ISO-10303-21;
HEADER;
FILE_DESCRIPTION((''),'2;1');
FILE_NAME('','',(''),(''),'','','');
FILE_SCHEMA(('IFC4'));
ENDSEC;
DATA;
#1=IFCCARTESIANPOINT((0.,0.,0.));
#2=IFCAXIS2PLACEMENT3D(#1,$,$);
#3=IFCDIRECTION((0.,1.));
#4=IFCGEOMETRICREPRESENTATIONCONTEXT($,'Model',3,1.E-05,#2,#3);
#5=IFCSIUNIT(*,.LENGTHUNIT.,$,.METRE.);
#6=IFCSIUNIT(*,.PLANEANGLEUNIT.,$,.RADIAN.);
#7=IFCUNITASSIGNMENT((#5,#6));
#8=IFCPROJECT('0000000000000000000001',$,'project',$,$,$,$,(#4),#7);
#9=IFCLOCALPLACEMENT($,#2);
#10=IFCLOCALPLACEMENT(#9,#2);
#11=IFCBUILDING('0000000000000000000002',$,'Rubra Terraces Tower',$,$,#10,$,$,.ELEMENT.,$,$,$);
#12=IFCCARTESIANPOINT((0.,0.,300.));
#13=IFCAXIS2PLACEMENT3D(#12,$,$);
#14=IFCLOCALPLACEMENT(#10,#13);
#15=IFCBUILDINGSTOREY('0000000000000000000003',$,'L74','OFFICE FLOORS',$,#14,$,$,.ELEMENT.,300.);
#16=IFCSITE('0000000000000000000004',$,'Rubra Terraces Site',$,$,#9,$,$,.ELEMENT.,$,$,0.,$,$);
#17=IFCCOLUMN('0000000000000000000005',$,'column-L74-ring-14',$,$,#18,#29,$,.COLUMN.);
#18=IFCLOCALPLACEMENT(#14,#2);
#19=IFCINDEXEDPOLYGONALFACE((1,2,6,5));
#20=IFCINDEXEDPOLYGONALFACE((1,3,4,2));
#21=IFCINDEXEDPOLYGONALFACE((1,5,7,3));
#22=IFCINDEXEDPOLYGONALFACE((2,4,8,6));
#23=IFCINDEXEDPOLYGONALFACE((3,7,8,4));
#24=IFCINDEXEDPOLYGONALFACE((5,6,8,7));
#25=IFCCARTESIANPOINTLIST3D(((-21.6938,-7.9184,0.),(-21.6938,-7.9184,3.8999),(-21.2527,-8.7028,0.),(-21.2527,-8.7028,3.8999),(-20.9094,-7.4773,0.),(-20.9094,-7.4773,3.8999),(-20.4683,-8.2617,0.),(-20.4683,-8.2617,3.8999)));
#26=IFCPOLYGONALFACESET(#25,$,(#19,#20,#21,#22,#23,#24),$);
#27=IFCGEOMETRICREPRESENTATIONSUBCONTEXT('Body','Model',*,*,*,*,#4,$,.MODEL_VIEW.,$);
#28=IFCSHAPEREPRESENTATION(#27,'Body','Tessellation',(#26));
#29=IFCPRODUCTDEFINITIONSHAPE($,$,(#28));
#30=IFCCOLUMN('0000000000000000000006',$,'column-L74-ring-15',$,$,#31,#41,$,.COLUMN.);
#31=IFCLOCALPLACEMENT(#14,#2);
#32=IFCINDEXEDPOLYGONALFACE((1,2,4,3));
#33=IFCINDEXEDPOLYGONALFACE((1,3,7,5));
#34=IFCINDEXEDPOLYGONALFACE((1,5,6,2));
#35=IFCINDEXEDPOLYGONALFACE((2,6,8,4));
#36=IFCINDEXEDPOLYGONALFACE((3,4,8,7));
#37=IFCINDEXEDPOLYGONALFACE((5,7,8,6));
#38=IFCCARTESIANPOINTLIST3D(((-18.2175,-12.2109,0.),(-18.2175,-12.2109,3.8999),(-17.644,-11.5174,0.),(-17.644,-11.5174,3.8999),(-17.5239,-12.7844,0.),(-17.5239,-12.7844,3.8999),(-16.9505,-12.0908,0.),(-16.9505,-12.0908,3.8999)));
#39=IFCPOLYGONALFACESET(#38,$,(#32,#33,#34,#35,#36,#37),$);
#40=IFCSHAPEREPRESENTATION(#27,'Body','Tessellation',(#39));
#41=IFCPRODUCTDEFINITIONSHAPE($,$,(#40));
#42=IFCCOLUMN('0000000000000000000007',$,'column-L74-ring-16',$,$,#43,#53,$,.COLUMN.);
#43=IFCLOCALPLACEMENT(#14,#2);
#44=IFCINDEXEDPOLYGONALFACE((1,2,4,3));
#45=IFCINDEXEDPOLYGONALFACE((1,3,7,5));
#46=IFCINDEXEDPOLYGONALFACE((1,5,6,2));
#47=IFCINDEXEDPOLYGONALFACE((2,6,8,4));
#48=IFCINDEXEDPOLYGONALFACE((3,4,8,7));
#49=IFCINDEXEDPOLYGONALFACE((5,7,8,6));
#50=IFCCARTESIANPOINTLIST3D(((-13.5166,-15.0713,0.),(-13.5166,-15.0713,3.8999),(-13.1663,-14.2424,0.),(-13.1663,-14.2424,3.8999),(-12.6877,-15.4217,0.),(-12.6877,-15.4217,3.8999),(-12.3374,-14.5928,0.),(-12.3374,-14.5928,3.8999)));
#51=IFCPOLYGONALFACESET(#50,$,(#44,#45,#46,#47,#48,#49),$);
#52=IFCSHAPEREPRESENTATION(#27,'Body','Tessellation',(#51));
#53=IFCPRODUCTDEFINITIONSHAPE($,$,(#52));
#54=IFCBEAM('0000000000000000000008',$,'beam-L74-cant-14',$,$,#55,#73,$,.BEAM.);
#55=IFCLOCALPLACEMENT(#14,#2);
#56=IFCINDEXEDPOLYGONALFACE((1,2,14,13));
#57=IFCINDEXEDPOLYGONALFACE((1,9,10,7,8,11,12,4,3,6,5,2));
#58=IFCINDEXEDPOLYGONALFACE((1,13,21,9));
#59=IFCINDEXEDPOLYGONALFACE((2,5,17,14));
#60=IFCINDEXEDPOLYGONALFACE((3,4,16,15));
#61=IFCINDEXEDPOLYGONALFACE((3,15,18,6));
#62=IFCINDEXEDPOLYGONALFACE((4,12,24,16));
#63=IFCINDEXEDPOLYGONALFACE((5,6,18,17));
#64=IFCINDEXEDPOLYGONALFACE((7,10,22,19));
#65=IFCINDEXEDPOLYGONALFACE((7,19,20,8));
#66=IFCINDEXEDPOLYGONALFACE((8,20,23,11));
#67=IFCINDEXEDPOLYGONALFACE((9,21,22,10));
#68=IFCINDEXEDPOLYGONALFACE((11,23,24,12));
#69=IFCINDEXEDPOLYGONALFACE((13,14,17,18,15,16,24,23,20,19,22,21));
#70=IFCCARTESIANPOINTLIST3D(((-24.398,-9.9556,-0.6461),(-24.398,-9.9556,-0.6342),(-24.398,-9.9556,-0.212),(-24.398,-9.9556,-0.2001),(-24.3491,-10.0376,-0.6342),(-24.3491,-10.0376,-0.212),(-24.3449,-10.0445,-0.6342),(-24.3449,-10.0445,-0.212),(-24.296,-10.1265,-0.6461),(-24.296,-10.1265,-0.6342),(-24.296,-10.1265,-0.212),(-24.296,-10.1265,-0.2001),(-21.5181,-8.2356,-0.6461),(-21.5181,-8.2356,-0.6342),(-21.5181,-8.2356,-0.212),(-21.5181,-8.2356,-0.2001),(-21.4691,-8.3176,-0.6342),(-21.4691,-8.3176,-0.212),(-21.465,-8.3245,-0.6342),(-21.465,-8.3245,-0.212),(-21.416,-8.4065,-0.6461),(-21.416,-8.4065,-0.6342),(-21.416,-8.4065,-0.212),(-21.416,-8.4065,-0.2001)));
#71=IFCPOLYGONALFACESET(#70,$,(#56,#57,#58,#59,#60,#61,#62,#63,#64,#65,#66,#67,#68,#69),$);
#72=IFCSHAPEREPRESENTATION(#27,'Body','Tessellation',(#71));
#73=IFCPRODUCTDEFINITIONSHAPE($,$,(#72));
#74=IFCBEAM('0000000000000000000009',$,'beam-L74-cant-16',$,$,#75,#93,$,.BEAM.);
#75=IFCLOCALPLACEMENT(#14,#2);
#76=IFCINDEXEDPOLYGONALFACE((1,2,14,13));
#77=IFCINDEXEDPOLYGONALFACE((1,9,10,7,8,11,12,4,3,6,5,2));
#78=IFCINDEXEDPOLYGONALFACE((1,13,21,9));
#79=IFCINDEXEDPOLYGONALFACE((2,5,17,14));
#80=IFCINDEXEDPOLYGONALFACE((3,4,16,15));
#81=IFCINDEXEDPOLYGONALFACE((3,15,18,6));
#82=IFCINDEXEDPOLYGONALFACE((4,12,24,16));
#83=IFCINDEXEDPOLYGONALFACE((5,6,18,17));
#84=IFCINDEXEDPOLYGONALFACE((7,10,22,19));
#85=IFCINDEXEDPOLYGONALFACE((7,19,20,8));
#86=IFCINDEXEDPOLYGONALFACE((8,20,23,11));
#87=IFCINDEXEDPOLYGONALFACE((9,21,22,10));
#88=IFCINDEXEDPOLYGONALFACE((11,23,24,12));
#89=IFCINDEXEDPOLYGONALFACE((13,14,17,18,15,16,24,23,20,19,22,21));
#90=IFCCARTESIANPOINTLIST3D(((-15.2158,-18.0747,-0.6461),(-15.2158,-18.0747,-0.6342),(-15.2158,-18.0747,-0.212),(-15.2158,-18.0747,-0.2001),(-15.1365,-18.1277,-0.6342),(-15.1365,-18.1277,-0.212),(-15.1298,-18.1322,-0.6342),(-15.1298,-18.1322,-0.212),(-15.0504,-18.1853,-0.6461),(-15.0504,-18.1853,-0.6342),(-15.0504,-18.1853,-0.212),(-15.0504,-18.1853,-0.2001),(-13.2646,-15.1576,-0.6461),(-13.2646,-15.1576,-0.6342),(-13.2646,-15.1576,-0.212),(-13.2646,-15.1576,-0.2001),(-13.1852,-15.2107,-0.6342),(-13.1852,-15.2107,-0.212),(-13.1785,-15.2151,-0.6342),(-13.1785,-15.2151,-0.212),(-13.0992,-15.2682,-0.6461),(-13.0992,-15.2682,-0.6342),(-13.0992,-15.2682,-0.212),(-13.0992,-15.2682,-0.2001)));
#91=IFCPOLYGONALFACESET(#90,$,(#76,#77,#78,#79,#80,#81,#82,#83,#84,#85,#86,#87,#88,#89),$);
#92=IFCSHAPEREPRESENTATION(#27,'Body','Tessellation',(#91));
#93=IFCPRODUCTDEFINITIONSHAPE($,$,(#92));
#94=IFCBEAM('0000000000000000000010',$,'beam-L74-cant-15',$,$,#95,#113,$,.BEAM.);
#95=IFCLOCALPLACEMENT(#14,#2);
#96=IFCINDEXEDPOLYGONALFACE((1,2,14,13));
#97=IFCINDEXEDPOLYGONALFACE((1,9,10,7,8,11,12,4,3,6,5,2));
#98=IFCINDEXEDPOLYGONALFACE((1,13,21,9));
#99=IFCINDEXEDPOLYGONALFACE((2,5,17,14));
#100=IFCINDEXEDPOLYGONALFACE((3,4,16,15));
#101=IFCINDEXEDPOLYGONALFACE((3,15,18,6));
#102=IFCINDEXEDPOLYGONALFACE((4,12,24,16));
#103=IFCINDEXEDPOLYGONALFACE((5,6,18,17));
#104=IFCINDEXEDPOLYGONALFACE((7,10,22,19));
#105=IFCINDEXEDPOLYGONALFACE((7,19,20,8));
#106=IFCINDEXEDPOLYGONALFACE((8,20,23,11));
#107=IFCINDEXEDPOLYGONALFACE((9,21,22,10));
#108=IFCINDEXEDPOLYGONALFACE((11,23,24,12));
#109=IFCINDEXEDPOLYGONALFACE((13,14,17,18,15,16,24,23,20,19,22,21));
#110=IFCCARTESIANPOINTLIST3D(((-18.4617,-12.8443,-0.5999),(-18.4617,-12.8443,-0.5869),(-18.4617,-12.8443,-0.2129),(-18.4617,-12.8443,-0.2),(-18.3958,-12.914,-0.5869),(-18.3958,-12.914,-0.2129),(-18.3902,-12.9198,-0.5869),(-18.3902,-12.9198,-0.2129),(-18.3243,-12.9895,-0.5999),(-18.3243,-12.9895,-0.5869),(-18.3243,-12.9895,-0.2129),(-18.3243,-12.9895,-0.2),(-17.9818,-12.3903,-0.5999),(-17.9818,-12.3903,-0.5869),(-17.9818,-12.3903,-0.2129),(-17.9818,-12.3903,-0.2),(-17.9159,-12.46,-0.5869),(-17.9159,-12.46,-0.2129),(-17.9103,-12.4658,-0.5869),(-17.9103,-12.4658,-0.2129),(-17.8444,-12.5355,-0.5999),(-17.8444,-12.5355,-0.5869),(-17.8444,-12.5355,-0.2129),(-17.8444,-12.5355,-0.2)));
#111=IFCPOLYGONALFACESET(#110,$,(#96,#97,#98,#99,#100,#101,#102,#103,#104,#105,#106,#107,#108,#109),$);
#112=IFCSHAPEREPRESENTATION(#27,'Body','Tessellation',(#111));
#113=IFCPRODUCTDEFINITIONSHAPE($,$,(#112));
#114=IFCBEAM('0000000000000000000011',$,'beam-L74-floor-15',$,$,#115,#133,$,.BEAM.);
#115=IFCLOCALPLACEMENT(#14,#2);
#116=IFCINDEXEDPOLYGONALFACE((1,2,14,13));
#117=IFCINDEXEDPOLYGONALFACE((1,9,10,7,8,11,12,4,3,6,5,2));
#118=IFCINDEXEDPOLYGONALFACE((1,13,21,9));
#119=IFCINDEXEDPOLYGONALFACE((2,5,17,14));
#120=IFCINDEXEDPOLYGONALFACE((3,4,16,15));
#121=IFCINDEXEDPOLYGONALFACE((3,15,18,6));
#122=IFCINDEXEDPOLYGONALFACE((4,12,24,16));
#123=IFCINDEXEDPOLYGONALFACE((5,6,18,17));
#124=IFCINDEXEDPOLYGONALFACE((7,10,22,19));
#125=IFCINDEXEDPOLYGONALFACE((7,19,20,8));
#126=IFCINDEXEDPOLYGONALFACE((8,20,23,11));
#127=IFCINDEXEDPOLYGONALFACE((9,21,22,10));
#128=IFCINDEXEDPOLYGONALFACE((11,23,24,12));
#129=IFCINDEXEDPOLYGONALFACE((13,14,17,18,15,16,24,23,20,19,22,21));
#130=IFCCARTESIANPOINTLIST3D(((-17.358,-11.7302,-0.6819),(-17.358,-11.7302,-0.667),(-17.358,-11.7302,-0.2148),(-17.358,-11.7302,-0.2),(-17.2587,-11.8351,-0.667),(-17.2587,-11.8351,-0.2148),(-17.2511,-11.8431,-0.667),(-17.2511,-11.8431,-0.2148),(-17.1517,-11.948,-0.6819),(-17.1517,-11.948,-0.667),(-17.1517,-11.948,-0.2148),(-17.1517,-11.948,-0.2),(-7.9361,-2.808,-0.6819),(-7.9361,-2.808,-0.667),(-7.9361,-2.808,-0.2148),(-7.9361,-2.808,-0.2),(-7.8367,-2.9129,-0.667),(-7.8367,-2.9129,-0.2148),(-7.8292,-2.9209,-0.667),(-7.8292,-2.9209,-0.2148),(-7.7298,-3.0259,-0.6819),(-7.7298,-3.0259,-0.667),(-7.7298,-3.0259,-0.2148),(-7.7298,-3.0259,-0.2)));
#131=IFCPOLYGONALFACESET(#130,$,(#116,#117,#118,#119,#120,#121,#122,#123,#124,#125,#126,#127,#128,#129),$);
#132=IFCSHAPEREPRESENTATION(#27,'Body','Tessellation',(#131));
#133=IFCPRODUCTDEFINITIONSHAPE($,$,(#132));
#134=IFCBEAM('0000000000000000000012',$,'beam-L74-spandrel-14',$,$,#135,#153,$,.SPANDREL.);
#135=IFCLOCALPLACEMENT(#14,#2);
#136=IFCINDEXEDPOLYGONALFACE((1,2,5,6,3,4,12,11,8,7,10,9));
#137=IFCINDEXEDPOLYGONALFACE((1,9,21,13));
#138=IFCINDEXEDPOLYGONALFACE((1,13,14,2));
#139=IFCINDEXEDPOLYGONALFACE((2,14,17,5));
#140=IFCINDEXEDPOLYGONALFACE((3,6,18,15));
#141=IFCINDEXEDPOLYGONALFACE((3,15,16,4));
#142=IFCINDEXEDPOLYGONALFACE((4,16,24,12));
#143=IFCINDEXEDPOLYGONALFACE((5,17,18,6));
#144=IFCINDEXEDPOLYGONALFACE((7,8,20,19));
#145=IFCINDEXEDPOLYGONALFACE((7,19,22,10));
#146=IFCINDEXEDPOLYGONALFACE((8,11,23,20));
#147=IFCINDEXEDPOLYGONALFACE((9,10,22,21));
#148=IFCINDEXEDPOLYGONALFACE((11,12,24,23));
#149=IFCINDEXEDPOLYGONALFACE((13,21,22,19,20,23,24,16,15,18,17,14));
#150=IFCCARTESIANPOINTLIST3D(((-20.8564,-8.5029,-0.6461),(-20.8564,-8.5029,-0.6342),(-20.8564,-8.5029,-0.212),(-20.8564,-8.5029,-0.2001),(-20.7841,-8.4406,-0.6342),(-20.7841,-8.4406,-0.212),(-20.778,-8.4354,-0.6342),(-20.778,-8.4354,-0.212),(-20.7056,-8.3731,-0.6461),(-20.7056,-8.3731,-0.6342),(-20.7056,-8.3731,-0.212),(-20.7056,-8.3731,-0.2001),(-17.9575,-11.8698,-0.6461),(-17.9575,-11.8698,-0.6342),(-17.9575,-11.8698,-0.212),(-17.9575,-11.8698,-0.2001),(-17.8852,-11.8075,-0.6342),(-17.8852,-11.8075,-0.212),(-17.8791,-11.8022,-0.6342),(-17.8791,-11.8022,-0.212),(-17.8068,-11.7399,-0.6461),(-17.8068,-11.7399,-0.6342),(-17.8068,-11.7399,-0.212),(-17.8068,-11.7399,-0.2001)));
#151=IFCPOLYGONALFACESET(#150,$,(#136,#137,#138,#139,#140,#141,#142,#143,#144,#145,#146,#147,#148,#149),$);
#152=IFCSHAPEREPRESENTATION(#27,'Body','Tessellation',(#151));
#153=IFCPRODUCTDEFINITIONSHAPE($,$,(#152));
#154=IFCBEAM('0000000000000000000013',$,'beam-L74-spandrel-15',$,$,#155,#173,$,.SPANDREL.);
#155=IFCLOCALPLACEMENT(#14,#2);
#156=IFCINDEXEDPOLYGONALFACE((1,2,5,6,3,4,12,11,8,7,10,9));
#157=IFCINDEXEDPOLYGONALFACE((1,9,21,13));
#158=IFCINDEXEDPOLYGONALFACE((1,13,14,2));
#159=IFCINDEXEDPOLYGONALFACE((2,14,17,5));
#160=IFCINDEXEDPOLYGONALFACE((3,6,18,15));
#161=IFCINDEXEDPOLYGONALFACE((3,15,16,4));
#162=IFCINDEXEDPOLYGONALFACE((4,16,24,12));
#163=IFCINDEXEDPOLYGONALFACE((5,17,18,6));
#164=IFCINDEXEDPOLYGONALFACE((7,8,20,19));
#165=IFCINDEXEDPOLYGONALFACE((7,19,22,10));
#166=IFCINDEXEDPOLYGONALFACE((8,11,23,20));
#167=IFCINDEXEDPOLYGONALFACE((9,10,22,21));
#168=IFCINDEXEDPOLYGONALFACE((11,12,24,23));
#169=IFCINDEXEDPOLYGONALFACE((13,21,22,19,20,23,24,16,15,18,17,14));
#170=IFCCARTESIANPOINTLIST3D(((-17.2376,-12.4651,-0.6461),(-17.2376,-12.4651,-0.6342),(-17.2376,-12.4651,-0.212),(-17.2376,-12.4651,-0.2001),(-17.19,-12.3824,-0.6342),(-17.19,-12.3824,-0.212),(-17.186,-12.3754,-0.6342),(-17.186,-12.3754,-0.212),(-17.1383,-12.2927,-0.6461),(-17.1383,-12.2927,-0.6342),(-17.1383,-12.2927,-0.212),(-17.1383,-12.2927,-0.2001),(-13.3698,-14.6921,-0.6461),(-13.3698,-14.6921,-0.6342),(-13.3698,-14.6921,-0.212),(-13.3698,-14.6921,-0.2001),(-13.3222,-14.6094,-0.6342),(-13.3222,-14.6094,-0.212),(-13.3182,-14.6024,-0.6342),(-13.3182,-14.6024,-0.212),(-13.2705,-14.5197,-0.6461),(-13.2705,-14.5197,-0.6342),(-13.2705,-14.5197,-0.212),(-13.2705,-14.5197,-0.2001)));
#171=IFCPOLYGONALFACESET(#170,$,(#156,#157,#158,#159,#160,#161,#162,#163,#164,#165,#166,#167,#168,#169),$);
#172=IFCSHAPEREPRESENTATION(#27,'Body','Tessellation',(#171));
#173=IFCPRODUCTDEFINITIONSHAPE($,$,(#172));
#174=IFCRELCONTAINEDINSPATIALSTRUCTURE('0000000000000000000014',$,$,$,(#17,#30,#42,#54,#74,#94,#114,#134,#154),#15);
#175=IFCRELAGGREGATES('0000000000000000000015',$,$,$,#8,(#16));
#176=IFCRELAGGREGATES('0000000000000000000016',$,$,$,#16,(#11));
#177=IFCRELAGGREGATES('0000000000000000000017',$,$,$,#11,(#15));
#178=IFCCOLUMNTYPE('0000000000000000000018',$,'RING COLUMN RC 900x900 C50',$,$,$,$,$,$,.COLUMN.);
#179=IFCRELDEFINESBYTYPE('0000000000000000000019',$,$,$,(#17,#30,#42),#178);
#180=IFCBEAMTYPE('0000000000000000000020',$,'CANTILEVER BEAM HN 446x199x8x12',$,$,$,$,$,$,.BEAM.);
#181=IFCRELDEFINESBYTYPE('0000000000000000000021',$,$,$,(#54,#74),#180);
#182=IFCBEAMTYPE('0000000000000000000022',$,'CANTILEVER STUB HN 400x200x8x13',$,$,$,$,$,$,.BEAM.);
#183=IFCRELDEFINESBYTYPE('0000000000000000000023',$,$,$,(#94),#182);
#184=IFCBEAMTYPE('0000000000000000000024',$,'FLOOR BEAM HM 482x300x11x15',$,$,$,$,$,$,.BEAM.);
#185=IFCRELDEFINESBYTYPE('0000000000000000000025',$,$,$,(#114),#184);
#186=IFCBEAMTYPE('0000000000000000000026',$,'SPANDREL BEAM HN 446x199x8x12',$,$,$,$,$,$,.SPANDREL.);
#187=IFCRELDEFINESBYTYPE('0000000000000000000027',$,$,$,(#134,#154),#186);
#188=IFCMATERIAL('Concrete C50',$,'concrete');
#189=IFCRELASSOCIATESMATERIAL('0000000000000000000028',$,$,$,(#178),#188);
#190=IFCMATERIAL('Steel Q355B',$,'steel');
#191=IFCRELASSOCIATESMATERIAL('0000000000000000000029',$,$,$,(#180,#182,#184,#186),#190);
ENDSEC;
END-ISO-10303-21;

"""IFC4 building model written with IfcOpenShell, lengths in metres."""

from ifc_helpers import new_model, si_unit, direction, frame, origin, origin_2d, place, context, subcontext, project, spatial, rectangle, i_section, extrude, material, material_profile, profile_set, type_object, element, save


model = new_model("IFC4")

# Units and contexts
model_context = context("Model", 3, precision=1e-05, world=origin(), true_north=direction((0.0, 1.0)))
body_context = subcontext(model_context, "Body", "Model", "MODEL_VIEW")
ifc_project = project(units=[si_unit("LENGTHUNIT", "METRE"), si_unit("PLANEANGLEUNIT", "RADIAN")], contexts=[model_context])

# Site, building, storey
site_placement = place(None, origin())
site = spatial("IfcSite", under=ifc_project, at=site_placement, Name="Rubra Terraces Site", CompositionType="ELEMENT", RefElevation=0.0)
building_placement = place(site_placement, origin())
building = spatial("IfcBuilding", under=site, at=building_placement, Name="Rubra Terraces Tower", CompositionType="ELEMENT")
storey_placement = place(building_placement, frame((0.0, 0.0, 300.0)))
storey = spatial("IfcBuildingStorey", under=building, at=storey_placement, Name="L74", Description="OFFICE FLOORS", CompositionType="ELEMENT", Elevation=300.0)

# Columns
ifc_material_1 = material(Name="Concrete C50", Category="concrete")
ifc_material_profile_1 = material_profile(ifc_material_1, rectangle(XDim=0.8999, YDim=0.8999, at=origin_2d()), Name="RC 900x900")
ifc_profile_set_1 = profile_set([ifc_material_profile_1], Name="Concrete C50")
column_type = type_object("IfcColumnType", Name="RING COLUMN RC 900x900 C50", PredefinedType="COLUMN", material=ifc_profile_set_1)
for number, where, z_axis, x_axis, name in (
    (1, (-21.0811, -8.0901, 0.0), (0.0, 0.0, 1.0), (0.490162, -0.871631, 0.0), "column-L74-ring-14"),
    (2, (-17.584, -12.1509, 0.0), (0.0, 0.0, 1.0), (0.770679, -0.637223, 0.0), "column-L74-ring-15"),
    (3, (-12.927, -14.832, 0.0), (0.0, 0.0, 1.0), (0.921106, -0.389313, 0.0), "column-L74-ring-16"),
):
    element("IfcColumn", number, at=place(storey_placement, frame(where, z_axis=z_axis, x_axis=x_axis)), inside=storey, type_object=column_type, Name=name, PredefinedType="COLUMN", context=body_context, shape_type="SweptSolid", body=[
        extrude(rectangle(XDim=0.8999, YDim=0.8999, at=origin_2d()), origin(), (0.0, 0.0, 1.0), 3.8999),
    ])

# Beams
ifc_material_2 = material(Name="Steel Q355B", Category="steel")
ifc_material_profile_2 = material_profile(ifc_material_2, i_section(OverallWidth=0.199, OverallDepth=0.446, WebThickness=0.0081, FlangeThickness=0.012, at=origin_2d()), Name="HN 446x199x8x12")
ifc_profile_set_2 = profile_set([ifc_material_profile_2], Name="Steel Q355B")
beam_type_1 = type_object("IfcBeamType", Name="CANTILEVER BEAM HN 446x199x8x12", PredefinedType="BEAM", material=ifc_profile_set_2)
beam_1_placement = place(storey_placement, frame((-21.467, -8.321, -0.4231), z_axis=(-0.858538, -0.51275, 0.0), x_axis=(0.51275, -0.858538, 0.0)))
element("IfcBeam", 4, at=beam_1_placement, inside=storey, type_object=beam_type_1, Name="beam-L74-cant-14", PredefinedType="BEAM", context=body_context, shape_type="SweptSolid", body=[
    extrude(i_section(OverallWidth=0.199, OverallDepth=0.446, WebThickness=0.0081, FlangeThickness=0.012, at=origin_2d()), origin(), (0.0, 0.0, 1.0), 3.3545),
])
beam_2_placement = place(storey_placement, frame((-13.1819, -15.2129, -0.4231), z_axis=(-0.555984, -0.831193, 0.0), x_axis=(0.831193, -0.555984, 0.0)))
element("IfcBeam", 5, at=beam_2_placement, inside=storey, type_object=beam_type_1, Name="beam-L74-cant-16", PredefinedType="BEAM", context=body_context, shape_type="SweptSolid", body=[
    extrude(i_section(OverallWidth=0.199, OverallDepth=0.446, WebThickness=0.0081, FlangeThickness=0.012, at=origin_2d()), origin(), (0.0, 0.0, 1.0), 3.5095),
])
ifc_material_profile_3 = material_profile(ifc_material_2, i_section(OverallWidth=0.2, OverallDepth=0.3999, WebThickness=0.0081, FlangeThickness=0.0129, at=origin_2d()), Name="HN 400x200x8x13")
ifc_profile_set_3 = profile_set([ifc_material_profile_3], Name="Steel Q355B")
beam_type_2 = type_object("IfcBeamType", Name="CANTILEVER STUB HN 400x200x8x13", PredefinedType="BEAM", material=ifc_profile_set_3)
beam_3_placement = place(storey_placement, frame((-17.9131, -12.4629, -0.3999), z_axis=(-0.726419, -0.687253, 0.0), x_axis=(0.687253, -0.726419, 0.0)))
element("IfcBeam", 6, at=beam_3_placement, inside=storey, type_object=beam_type_2, Name="beam-L74-cant-15", PredefinedType="BEAM", context=body_context, shape_type="SweptSolid", body=[
    extrude(i_section(OverallWidth=0.2, OverallDepth=0.3999, WebThickness=0.0081, FlangeThickness=0.0129, at=origin_2d()), origin(), (0.0, 0.0, 1.0), 0.6606),
])
ifc_material_profile_4 = material_profile(ifc_material_2, i_section(OverallWidth=0.3, OverallDepth=0.4819, WebThickness=0.011, FlangeThickness=0.0149, at=origin_2d()), Name="HM 482x300x11x15")
ifc_profile_set_4 = profile_set([ifc_material_profile_4], Name="Steel Q355B")
beam_type_3 = type_object("IfcBeamType", Name="FLOOR BEAM HM 482x300x11x15", PredefinedType="BEAM", material=ifc_profile_set_4)
beam_4_placement = place(storey_placement, frame((-17.2549, -11.8391, -0.4409), z_axis=(0.726101, 0.687588, 0.0), x_axis=(-0.687588, 0.726101, 0.0)))
element("IfcBeam", 7, at=beam_4_placement, inside=storey, type_object=beam_type_3, Name="beam-L74-floor-15", PredefinedType="BEAM", context=body_context, shape_type="SweptSolid", body=[
    extrude(i_section(OverallWidth=0.3, OverallDepth=0.4819, WebThickness=0.011, FlangeThickness=0.0149, at=origin_2d()), origin(), (0.0, 0.0, 1.0), 12.9761),
])
ifc_material_profile_5 = material_profile(ifc_material_2, i_section(OverallWidth=0.199, OverallDepth=0.446, WebThickness=0.0081, FlangeThickness=0.012, at=origin_2d()), Name="HN 446x199x8x12")
ifc_profile_set_5 = profile_set([ifc_material_profile_5], Name="Steel Q355B")
beam_type_4 = type_object("IfcBeamType", Name="SPANDREL BEAM HN 446x199x8x12", PredefinedType="SPANDREL", material=ifc_profile_set_5)
beam_5_placement = place(storey_placement, frame((-20.781, -8.438, -0.4231), z_axis=(0.652473, -0.757812, 0.0), x_axis=(0.757812, 0.652473, 0.0)))
element("IfcBeam", 8, at=beam_5_placement, inside=storey, type_object=beam_type_4, Name="beam-L74-spandrel-14", PredefinedType="SPANDREL", context=body_context, shape_type="SweptSolid", body=[
    extrude(i_section(OverallWidth=0.199, OverallDepth=0.446, WebThickness=0.0081, FlangeThickness=0.012, at=origin_2d()), origin(), (0.0, 0.0, 1.0), 4.4429),
])
beam_6_placement = place(storey_placement, frame((-17.188, -12.3789, -0.4231), z_axis=(0.866616, -0.498976, 0.0), x_axis=(0.498976, 0.866616, 0.0)))
element("IfcBeam", 9, at=beam_6_placement, inside=storey, type_object=beam_type_4, Name="beam-L74-spandrel-15", PredefinedType="SPANDREL", context=body_context, shape_type="SweptSolid", body=[
    extrude(i_section(OverallWidth=0.199, OverallDepth=0.446, WebThickness=0.0081, FlangeThickness=0.012, at=origin_2d()), origin(), (0.0, 0.0, 1.0), 4.4631),
])

save(model, "model.ifc")
